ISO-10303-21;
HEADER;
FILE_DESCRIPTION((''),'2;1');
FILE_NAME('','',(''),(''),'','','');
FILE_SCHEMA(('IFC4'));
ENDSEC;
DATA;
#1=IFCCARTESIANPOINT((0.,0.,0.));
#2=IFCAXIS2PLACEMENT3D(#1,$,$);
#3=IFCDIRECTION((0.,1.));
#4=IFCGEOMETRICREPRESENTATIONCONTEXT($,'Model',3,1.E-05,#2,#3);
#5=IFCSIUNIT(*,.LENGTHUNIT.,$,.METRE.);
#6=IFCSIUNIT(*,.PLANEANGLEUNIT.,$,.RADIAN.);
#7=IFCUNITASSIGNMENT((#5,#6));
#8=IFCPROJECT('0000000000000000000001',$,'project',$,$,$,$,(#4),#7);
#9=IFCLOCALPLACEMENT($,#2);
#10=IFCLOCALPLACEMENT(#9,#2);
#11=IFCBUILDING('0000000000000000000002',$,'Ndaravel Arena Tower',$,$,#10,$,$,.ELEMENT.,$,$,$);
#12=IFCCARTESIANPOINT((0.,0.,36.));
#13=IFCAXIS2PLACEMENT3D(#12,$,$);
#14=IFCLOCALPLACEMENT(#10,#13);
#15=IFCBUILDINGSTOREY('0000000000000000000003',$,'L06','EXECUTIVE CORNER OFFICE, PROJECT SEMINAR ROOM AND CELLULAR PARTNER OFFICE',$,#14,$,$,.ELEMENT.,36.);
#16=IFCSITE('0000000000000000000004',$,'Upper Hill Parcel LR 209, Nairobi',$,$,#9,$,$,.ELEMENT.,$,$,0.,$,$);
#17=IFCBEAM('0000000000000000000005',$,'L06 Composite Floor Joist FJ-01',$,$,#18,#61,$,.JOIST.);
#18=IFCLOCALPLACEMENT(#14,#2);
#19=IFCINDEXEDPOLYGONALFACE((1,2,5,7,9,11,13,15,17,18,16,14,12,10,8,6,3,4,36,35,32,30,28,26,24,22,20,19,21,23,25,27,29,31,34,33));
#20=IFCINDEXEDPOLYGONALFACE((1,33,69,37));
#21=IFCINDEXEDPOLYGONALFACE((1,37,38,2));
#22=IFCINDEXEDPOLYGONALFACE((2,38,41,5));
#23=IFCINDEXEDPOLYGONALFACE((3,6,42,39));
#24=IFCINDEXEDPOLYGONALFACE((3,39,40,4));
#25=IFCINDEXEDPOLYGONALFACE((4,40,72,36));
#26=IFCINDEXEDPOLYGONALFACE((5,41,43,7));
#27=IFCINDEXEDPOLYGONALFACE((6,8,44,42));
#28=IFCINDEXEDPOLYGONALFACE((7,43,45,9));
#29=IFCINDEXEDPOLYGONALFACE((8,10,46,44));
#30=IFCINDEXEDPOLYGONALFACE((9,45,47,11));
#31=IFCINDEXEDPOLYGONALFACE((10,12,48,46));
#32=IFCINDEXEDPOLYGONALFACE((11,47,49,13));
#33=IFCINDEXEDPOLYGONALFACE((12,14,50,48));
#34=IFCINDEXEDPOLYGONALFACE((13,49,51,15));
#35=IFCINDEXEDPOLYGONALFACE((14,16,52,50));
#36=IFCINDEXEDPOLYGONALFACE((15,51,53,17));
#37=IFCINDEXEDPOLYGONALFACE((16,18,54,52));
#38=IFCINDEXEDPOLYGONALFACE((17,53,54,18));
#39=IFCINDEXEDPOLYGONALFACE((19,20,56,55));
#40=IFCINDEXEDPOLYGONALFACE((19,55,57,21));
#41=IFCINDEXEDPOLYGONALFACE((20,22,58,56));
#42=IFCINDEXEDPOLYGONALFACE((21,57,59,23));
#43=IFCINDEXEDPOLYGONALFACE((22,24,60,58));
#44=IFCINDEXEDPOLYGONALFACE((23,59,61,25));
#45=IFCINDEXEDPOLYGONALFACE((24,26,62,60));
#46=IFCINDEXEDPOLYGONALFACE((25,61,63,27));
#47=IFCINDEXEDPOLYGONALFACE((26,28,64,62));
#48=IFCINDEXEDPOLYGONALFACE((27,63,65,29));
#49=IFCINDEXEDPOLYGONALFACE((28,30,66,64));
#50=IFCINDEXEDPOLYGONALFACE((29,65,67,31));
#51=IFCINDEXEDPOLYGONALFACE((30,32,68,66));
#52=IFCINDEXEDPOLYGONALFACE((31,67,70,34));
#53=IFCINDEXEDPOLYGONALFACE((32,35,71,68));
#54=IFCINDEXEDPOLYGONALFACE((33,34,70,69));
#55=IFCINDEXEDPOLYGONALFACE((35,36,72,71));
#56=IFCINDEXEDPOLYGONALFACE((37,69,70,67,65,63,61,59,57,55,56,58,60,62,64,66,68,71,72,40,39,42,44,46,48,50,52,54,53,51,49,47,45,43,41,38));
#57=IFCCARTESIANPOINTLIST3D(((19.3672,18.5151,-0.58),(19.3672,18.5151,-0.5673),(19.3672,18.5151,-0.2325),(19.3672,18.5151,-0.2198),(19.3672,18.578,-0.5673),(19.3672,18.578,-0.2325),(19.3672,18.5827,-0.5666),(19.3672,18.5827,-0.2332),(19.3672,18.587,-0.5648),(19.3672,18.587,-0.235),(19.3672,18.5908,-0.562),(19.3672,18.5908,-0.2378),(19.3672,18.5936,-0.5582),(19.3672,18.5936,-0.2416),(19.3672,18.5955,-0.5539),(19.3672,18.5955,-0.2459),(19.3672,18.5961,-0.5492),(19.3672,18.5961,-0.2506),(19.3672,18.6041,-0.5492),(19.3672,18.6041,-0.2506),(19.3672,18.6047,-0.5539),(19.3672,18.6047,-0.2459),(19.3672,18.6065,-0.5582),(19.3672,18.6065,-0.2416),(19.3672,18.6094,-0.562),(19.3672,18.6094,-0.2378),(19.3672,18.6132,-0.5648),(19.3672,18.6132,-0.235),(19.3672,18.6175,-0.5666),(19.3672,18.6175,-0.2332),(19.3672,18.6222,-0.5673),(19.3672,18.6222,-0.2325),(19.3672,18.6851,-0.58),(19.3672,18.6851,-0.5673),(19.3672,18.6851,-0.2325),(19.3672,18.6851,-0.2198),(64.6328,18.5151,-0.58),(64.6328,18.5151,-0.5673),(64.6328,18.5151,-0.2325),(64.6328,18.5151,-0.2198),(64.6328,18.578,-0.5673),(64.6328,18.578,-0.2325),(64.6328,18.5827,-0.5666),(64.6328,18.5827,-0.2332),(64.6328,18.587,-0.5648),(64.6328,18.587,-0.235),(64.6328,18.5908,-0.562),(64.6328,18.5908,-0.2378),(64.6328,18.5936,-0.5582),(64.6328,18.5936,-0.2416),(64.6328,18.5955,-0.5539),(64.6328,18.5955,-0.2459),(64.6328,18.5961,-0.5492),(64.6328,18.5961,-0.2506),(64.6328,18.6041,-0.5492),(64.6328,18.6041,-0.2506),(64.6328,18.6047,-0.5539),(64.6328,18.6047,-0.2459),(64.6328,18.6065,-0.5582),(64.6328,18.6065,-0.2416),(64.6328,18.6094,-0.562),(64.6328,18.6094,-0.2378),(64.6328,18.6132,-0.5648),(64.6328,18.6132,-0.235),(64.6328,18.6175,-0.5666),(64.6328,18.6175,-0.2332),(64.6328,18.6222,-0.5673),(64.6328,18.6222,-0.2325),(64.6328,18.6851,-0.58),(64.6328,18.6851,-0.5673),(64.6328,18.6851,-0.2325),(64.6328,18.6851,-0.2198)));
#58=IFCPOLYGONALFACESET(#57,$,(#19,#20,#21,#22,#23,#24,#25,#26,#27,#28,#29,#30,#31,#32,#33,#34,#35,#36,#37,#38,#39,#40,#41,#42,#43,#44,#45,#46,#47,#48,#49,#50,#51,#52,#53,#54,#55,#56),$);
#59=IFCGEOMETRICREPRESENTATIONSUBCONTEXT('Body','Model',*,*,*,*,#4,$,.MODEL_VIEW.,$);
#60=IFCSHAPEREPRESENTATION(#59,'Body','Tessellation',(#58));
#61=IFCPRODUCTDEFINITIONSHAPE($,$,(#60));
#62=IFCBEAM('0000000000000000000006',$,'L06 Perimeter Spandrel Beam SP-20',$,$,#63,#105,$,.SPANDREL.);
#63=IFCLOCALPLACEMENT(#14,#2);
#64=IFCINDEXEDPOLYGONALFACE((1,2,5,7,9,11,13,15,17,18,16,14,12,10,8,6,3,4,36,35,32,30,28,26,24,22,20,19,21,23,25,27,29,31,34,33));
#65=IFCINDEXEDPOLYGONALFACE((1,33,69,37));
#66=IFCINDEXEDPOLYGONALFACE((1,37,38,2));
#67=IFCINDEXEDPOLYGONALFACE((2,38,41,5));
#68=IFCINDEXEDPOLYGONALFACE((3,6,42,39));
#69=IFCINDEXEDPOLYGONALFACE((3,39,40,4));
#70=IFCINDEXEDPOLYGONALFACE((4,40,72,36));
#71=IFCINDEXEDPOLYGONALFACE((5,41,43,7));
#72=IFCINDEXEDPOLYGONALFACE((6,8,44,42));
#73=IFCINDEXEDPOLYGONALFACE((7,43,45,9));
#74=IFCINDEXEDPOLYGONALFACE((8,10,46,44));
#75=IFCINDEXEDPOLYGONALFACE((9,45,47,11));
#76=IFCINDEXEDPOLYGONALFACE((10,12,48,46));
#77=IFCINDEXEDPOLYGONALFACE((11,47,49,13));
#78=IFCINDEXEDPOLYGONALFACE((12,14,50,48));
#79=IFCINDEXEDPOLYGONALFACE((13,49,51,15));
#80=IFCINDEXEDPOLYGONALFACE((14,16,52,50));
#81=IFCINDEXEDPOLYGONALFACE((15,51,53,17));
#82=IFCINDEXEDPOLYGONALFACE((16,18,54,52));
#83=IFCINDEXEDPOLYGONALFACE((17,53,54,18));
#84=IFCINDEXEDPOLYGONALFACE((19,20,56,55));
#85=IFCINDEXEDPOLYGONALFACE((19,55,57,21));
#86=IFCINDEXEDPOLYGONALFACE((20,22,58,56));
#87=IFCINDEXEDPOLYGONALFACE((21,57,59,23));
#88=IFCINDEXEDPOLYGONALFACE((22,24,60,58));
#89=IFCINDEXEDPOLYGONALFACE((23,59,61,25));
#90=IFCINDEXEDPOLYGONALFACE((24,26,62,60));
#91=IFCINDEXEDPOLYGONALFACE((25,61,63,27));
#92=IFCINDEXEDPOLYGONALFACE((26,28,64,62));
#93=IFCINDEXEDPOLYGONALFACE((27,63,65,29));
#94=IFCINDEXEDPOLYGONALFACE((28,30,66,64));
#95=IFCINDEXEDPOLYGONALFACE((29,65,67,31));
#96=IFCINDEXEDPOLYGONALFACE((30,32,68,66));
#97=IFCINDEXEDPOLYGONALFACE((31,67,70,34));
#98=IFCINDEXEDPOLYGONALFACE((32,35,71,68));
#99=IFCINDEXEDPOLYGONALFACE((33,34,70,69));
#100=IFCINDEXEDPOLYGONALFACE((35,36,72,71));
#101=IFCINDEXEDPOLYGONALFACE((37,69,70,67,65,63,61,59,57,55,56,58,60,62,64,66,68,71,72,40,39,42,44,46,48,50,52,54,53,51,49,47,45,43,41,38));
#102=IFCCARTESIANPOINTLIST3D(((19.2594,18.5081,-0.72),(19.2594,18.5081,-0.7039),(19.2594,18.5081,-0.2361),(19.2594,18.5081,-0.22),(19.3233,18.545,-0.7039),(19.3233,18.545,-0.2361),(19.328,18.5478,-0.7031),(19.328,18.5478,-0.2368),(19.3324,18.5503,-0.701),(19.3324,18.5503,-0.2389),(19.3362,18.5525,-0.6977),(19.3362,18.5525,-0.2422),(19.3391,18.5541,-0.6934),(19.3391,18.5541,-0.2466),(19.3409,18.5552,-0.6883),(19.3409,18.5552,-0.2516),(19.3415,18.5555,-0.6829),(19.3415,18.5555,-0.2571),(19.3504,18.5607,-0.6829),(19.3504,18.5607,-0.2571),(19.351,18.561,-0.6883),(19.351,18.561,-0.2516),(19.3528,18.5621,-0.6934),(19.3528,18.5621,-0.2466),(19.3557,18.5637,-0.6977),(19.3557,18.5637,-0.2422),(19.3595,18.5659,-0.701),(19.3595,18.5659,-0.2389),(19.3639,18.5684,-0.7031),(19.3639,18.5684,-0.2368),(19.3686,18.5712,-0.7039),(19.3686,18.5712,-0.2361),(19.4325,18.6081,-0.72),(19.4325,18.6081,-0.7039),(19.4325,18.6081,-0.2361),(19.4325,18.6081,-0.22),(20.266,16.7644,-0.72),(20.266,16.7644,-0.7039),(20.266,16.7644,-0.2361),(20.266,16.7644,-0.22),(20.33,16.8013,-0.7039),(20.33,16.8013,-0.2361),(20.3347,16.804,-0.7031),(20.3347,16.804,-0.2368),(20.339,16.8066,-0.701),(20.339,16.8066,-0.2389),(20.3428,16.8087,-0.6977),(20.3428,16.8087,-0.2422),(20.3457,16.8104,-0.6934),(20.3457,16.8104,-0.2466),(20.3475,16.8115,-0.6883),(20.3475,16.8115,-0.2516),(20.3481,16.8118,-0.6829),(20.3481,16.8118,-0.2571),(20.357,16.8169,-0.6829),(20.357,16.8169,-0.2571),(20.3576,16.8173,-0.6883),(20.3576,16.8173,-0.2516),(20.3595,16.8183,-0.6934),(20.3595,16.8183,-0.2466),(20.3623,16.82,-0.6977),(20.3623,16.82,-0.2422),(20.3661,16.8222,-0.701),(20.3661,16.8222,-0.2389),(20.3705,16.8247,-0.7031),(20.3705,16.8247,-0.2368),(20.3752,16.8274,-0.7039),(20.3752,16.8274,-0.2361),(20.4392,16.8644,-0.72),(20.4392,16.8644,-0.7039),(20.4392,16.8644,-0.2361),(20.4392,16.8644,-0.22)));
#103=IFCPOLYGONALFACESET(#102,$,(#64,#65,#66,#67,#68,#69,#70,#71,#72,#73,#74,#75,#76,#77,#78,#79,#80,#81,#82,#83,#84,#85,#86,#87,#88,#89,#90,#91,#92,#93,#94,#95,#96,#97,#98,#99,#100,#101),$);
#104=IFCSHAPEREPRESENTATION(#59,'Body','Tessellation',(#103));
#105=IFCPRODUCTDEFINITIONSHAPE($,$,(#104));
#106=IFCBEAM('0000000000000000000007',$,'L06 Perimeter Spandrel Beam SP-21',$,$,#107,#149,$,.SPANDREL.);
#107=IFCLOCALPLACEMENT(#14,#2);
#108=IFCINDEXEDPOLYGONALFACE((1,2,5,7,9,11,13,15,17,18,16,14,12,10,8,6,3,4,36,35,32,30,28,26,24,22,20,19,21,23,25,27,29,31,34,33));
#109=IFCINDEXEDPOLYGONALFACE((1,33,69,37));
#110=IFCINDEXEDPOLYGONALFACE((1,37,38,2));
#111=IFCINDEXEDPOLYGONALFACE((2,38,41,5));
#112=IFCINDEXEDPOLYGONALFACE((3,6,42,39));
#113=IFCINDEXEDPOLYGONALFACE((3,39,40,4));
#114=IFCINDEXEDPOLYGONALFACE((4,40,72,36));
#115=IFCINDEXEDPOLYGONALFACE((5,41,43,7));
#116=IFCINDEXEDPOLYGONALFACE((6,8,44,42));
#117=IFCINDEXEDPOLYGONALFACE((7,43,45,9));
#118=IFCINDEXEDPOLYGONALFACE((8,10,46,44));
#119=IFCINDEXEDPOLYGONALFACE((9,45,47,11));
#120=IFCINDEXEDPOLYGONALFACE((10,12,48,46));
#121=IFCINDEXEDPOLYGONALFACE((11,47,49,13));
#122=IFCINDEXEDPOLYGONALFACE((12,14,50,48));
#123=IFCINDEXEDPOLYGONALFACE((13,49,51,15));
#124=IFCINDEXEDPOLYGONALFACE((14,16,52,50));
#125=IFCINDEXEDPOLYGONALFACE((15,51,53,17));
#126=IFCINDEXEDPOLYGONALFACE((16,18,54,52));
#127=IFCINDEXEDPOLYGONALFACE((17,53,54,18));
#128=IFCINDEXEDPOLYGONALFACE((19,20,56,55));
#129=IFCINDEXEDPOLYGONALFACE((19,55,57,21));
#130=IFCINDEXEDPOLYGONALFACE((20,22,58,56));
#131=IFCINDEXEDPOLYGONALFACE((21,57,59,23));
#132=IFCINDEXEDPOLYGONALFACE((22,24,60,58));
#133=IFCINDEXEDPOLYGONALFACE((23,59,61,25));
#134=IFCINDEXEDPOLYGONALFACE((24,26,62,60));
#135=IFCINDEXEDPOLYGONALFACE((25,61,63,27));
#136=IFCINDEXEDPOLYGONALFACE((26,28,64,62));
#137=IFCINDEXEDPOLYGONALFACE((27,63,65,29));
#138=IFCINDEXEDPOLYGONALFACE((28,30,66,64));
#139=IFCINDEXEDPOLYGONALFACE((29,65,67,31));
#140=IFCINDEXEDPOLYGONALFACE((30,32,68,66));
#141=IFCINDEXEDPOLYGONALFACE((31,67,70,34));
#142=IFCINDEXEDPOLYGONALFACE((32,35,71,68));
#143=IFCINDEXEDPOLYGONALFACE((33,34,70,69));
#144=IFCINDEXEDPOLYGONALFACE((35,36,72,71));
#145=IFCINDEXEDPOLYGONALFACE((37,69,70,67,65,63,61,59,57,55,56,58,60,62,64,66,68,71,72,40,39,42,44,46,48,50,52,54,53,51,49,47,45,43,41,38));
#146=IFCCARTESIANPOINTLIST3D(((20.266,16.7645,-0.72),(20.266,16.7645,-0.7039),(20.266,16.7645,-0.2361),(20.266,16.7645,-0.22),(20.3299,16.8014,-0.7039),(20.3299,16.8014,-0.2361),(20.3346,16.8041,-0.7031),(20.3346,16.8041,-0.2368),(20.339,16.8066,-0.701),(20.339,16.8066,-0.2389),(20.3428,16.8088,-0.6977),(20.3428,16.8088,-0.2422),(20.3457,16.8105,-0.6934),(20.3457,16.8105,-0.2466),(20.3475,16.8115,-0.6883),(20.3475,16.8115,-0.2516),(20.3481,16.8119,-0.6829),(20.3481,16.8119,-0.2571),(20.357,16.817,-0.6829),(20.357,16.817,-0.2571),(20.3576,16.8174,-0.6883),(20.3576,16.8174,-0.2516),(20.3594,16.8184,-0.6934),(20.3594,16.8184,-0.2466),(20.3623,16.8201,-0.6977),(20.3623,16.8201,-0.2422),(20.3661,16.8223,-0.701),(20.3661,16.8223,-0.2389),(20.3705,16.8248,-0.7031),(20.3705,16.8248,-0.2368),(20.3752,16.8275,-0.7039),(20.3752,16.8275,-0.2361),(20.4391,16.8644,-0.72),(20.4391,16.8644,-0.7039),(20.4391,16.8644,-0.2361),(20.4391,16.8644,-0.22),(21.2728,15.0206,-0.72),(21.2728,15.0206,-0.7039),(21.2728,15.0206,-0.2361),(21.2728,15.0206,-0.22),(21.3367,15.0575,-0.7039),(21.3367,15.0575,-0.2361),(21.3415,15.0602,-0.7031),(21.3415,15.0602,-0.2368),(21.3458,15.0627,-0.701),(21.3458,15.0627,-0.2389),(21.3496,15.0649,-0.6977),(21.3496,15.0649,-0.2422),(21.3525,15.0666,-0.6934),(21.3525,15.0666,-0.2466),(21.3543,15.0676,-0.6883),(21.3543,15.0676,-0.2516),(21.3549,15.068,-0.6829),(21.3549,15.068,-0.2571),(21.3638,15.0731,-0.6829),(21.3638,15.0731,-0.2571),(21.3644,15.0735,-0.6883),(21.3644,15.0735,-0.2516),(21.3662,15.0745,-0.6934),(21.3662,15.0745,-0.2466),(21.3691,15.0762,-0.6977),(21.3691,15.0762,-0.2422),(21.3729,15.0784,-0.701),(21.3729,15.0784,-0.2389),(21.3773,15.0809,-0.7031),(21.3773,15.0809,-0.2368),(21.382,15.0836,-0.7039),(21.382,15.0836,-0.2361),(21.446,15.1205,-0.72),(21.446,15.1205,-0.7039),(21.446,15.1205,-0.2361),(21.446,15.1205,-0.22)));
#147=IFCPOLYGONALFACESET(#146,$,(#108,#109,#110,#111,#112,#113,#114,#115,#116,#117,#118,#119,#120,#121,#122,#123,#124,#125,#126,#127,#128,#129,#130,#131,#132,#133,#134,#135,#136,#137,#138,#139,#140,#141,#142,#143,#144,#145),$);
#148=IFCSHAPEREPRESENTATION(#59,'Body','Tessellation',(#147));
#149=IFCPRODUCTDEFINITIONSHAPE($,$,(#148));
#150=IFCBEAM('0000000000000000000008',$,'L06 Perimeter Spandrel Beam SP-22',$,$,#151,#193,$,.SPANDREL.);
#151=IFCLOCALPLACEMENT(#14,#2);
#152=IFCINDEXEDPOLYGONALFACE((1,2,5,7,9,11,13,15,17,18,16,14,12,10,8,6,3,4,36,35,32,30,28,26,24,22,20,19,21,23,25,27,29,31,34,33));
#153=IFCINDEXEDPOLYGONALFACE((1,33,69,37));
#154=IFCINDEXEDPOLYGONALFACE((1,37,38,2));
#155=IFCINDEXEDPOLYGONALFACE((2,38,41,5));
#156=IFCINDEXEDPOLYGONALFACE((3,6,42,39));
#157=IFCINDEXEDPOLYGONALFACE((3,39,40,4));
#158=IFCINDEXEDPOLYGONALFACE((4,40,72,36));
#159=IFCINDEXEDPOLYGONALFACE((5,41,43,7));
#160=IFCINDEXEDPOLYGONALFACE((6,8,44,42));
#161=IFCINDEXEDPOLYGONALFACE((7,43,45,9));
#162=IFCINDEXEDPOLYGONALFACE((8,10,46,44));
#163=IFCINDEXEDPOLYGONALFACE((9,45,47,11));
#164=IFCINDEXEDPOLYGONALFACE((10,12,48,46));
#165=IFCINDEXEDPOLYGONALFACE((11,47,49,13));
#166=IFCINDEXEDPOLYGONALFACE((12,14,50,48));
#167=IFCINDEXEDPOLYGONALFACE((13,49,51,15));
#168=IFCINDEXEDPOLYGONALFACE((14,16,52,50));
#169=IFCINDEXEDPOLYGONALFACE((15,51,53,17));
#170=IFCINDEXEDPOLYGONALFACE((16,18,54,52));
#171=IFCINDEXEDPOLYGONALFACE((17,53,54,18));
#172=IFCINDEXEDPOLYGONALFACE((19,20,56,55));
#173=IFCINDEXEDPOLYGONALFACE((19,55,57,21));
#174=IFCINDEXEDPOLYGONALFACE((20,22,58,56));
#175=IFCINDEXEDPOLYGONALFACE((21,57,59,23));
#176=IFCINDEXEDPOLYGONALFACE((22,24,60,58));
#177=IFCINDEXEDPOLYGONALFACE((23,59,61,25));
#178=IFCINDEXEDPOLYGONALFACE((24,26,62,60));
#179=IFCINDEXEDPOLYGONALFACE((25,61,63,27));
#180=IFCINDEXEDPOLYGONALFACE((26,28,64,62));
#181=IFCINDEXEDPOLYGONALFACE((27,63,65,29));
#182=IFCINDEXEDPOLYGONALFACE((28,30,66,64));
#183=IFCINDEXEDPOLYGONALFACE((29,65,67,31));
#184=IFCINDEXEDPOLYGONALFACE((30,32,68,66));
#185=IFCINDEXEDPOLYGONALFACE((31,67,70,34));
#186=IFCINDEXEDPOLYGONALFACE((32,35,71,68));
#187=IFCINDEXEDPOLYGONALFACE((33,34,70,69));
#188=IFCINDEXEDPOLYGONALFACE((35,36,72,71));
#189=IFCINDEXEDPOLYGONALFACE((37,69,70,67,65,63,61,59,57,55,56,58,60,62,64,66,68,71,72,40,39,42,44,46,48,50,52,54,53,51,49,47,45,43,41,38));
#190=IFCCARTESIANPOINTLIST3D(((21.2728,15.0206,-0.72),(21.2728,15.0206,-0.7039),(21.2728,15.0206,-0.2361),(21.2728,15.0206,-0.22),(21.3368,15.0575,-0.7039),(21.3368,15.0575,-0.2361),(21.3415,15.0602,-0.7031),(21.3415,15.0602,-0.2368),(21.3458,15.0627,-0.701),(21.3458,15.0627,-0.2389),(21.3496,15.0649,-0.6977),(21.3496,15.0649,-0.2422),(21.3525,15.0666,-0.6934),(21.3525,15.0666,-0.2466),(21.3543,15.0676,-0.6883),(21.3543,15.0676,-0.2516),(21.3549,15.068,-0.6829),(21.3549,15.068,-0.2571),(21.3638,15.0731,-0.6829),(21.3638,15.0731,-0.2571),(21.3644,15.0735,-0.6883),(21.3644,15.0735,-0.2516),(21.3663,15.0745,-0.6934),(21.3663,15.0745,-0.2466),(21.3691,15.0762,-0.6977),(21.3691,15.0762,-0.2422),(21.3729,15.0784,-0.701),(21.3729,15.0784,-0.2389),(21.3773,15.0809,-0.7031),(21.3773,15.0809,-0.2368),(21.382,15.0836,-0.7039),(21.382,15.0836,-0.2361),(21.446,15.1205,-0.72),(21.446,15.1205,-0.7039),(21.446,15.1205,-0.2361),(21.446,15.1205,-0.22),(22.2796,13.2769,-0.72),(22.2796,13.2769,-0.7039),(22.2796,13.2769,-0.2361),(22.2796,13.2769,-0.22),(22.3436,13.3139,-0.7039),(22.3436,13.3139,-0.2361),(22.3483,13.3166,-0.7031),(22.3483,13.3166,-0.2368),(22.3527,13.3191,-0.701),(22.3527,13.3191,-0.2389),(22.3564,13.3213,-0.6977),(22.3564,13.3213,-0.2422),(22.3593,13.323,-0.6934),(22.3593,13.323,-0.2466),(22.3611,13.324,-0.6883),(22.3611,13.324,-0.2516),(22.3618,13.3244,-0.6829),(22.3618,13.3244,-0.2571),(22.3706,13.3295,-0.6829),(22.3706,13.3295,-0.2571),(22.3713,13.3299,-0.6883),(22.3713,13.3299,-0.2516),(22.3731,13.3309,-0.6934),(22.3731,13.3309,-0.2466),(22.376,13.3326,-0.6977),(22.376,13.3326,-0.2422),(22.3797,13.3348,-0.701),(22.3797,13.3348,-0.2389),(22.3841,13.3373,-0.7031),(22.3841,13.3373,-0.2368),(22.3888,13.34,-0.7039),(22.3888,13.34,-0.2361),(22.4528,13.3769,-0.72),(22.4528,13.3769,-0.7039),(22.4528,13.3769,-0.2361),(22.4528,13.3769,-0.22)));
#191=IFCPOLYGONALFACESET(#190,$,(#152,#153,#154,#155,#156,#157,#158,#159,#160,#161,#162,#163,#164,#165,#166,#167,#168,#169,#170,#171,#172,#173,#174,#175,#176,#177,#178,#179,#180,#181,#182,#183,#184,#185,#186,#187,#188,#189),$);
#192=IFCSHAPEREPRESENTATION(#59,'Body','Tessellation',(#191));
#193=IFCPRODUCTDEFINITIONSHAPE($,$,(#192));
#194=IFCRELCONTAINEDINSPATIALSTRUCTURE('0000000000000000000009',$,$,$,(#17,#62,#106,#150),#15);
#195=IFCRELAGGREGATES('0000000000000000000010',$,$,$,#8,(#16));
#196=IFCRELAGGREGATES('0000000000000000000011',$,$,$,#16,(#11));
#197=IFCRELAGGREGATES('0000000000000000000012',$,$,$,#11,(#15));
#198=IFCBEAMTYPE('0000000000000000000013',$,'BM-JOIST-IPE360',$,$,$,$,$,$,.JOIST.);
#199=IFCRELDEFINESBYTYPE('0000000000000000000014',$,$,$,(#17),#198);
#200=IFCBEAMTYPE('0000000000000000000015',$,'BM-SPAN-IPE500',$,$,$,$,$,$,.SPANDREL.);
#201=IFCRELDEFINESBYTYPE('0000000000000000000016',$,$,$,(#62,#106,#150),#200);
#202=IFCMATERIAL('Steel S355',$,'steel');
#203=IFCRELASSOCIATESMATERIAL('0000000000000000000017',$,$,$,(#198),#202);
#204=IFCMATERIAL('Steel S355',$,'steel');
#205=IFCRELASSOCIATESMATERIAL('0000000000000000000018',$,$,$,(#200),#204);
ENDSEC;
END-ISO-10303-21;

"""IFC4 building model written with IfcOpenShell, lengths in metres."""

from ifc_helpers import new_model, si_unit, direction, frame, origin, origin_2d, place, context, subcontext, project, spatial, i_section, extrude, material, material_profile, profile_set, type_object, element, save


model = new_model("IFC4")

# Units and contexts
model_context = context("Model", 3, precision=1e-05, world=origin(), true_north=direction((0.0, 1.0)))
body_context = subcontext(model_context, "Body", "Model", "MODEL_VIEW")
ifc_project = project(units=[si_unit("LENGTHUNIT", "METRE"), si_unit("PLANEANGLEUNIT", "RADIAN")], contexts=[model_context])

# Site, building, storey
site_placement = place(None, origin())
site = spatial("IfcSite", under=ifc_project, at=site_placement, Name="Upper Hill Parcel LR 209, Nairobi", CompositionType="ELEMENT", RefElevation=0.0)
building_placement = place(site_placement, origin())
building = spatial("IfcBuilding", under=site, at=building_placement, Name="Ndaravel Arena Tower", CompositionType="ELEMENT")
storey_placement = place(building_placement, frame((0.0, 0.0, 36.0)))
storey = spatial("IfcBuildingStorey", under=building, at=storey_placement, Name="L06", Description="EXECUTIVE CORNER OFFICE, PROJECT SEMINAR ROOM AND CELLULAR PARTNER OFFICE", CompositionType="ELEMENT", Elevation=36.0)

# Beams
ifc_material_1 = material(Name="Steel S355", Category="steel")
ifc_material_profile_1 = material_profile(ifc_material_1, i_section(OverallWidth=0.1699, OverallDepth=0.3601, WebThickness=0.0081, FlangeThickness=0.0127, FilletRadius=0.0181, at=origin_2d()), Name="IPE 360")
ifc_profile_set_1 = profile_set([ifc_material_profile_1], Name="Steel S355")
beam_type_1 = type_object("IfcBeamType", Name="BM-JOIST-IPE360", PredefinedType="JOIST", material=ifc_profile_set_1)
beam_1_placement = place(storey_placement, frame((19.3672, 18.6001, -0.3999), z_axis=(1.0, 0.0, 0.0), x_axis=(0.0, 1.0, 0.0)))
element("IfcBeam", 1, at=beam_1_placement, inside=storey, type_object=beam_type_1, Name="L06 Composite Floor Joist FJ-01", PredefinedType="JOIST", context=body_context, shape_type="SweptSolid", body=[
    extrude(i_section(OverallWidth=0.1699, OverallDepth=0.3601, WebThickness=0.0081, FlangeThickness=0.0127, FilletRadius=0.0181, at=origin_2d()), origin(), (0.0, 0.0, 1.0), 45.2656),
])
ifc_material_2 = material(Name="Steel S355", Category="steel")
ifc_material_profile_2 = material_profile(ifc_material_2, i_section(OverallWidth=0.2, OverallDepth=0.5, WebThickness=0.0103, FlangeThickness=0.0161, FilletRadius=0.021, at=origin_2d()), Name="IPE 500")
ifc_profile_set_2 = profile_set([ifc_material_profile_2], Name="Steel S355")
beam_type_2 = type_object("IfcBeamType", Name="BM-SPAN-IPE500", PredefinedType="SPANDREL", material=ifc_profile_set_2)
beam_2_placement = place(storey_placement, frame((19.3459, 18.5581, -0.47), z_axis=(0.49996, -0.866048, 0.0), x_axis=(0.866048, 0.49996, 0.0)))
element("IfcBeam", 2, at=beam_2_placement, inside=storey, type_object=beam_type_2, Name="L06 Perimeter Spandrel Beam SP-20", PredefinedType="SPANDREL", context=body_context, shape_type="SweptSolid", body=[
    extrude(i_section(OverallWidth=0.2, OverallDepth=0.5, WebThickness=0.0103, FlangeThickness=0.0161, FilletRadius=0.021, at=origin_2d()), origin(), (0.0, 0.0, 1.0), 2.0134),
])
beam_3_placement = place(storey_placement, frame((20.3525, 16.8145, -0.47), z_axis=(0.499999, -0.866026, 0.0), x_axis=(0.866026, 0.499999, 0.0)))
element("IfcBeam", 3, at=beam_3_placement, inside=storey, type_object=beam_type_2, Name="L06 Perimeter Spandrel Beam SP-21", PredefinedType="SPANDREL", context=body_context, shape_type="SweptSolid", body=[
    extrude(i_section(OverallWidth=0.2, OverallDepth=0.5, WebThickness=0.0103, FlangeThickness=0.0161, FilletRadius=0.021, at=origin_2d()), origin(), (0.0, 0.0, 1.0), 2.0137),
])
beam_4_placement = place(storey_placement, frame((21.3594, 15.0706, -0.47), z_axis=(0.500051, -0.865996, 0.0), x_axis=(0.865996, 0.500051, 0.0)))
element("IfcBeam", 4, at=beam_4_placement, inside=storey, type_object=beam_type_2, Name="L06 Perimeter Spandrel Beam SP-22", PredefinedType="SPANDREL", context=body_context, shape_type="SweptSolid", body=[
    extrude(i_section(OverallWidth=0.2, OverallDepth=0.5, WebThickness=0.0103, FlangeThickness=0.0161, FilletRadius=0.021, at=origin_2d()), origin(), (0.0, 0.0, 1.0), 2.0134),
])

save(model, "model.ifc")
